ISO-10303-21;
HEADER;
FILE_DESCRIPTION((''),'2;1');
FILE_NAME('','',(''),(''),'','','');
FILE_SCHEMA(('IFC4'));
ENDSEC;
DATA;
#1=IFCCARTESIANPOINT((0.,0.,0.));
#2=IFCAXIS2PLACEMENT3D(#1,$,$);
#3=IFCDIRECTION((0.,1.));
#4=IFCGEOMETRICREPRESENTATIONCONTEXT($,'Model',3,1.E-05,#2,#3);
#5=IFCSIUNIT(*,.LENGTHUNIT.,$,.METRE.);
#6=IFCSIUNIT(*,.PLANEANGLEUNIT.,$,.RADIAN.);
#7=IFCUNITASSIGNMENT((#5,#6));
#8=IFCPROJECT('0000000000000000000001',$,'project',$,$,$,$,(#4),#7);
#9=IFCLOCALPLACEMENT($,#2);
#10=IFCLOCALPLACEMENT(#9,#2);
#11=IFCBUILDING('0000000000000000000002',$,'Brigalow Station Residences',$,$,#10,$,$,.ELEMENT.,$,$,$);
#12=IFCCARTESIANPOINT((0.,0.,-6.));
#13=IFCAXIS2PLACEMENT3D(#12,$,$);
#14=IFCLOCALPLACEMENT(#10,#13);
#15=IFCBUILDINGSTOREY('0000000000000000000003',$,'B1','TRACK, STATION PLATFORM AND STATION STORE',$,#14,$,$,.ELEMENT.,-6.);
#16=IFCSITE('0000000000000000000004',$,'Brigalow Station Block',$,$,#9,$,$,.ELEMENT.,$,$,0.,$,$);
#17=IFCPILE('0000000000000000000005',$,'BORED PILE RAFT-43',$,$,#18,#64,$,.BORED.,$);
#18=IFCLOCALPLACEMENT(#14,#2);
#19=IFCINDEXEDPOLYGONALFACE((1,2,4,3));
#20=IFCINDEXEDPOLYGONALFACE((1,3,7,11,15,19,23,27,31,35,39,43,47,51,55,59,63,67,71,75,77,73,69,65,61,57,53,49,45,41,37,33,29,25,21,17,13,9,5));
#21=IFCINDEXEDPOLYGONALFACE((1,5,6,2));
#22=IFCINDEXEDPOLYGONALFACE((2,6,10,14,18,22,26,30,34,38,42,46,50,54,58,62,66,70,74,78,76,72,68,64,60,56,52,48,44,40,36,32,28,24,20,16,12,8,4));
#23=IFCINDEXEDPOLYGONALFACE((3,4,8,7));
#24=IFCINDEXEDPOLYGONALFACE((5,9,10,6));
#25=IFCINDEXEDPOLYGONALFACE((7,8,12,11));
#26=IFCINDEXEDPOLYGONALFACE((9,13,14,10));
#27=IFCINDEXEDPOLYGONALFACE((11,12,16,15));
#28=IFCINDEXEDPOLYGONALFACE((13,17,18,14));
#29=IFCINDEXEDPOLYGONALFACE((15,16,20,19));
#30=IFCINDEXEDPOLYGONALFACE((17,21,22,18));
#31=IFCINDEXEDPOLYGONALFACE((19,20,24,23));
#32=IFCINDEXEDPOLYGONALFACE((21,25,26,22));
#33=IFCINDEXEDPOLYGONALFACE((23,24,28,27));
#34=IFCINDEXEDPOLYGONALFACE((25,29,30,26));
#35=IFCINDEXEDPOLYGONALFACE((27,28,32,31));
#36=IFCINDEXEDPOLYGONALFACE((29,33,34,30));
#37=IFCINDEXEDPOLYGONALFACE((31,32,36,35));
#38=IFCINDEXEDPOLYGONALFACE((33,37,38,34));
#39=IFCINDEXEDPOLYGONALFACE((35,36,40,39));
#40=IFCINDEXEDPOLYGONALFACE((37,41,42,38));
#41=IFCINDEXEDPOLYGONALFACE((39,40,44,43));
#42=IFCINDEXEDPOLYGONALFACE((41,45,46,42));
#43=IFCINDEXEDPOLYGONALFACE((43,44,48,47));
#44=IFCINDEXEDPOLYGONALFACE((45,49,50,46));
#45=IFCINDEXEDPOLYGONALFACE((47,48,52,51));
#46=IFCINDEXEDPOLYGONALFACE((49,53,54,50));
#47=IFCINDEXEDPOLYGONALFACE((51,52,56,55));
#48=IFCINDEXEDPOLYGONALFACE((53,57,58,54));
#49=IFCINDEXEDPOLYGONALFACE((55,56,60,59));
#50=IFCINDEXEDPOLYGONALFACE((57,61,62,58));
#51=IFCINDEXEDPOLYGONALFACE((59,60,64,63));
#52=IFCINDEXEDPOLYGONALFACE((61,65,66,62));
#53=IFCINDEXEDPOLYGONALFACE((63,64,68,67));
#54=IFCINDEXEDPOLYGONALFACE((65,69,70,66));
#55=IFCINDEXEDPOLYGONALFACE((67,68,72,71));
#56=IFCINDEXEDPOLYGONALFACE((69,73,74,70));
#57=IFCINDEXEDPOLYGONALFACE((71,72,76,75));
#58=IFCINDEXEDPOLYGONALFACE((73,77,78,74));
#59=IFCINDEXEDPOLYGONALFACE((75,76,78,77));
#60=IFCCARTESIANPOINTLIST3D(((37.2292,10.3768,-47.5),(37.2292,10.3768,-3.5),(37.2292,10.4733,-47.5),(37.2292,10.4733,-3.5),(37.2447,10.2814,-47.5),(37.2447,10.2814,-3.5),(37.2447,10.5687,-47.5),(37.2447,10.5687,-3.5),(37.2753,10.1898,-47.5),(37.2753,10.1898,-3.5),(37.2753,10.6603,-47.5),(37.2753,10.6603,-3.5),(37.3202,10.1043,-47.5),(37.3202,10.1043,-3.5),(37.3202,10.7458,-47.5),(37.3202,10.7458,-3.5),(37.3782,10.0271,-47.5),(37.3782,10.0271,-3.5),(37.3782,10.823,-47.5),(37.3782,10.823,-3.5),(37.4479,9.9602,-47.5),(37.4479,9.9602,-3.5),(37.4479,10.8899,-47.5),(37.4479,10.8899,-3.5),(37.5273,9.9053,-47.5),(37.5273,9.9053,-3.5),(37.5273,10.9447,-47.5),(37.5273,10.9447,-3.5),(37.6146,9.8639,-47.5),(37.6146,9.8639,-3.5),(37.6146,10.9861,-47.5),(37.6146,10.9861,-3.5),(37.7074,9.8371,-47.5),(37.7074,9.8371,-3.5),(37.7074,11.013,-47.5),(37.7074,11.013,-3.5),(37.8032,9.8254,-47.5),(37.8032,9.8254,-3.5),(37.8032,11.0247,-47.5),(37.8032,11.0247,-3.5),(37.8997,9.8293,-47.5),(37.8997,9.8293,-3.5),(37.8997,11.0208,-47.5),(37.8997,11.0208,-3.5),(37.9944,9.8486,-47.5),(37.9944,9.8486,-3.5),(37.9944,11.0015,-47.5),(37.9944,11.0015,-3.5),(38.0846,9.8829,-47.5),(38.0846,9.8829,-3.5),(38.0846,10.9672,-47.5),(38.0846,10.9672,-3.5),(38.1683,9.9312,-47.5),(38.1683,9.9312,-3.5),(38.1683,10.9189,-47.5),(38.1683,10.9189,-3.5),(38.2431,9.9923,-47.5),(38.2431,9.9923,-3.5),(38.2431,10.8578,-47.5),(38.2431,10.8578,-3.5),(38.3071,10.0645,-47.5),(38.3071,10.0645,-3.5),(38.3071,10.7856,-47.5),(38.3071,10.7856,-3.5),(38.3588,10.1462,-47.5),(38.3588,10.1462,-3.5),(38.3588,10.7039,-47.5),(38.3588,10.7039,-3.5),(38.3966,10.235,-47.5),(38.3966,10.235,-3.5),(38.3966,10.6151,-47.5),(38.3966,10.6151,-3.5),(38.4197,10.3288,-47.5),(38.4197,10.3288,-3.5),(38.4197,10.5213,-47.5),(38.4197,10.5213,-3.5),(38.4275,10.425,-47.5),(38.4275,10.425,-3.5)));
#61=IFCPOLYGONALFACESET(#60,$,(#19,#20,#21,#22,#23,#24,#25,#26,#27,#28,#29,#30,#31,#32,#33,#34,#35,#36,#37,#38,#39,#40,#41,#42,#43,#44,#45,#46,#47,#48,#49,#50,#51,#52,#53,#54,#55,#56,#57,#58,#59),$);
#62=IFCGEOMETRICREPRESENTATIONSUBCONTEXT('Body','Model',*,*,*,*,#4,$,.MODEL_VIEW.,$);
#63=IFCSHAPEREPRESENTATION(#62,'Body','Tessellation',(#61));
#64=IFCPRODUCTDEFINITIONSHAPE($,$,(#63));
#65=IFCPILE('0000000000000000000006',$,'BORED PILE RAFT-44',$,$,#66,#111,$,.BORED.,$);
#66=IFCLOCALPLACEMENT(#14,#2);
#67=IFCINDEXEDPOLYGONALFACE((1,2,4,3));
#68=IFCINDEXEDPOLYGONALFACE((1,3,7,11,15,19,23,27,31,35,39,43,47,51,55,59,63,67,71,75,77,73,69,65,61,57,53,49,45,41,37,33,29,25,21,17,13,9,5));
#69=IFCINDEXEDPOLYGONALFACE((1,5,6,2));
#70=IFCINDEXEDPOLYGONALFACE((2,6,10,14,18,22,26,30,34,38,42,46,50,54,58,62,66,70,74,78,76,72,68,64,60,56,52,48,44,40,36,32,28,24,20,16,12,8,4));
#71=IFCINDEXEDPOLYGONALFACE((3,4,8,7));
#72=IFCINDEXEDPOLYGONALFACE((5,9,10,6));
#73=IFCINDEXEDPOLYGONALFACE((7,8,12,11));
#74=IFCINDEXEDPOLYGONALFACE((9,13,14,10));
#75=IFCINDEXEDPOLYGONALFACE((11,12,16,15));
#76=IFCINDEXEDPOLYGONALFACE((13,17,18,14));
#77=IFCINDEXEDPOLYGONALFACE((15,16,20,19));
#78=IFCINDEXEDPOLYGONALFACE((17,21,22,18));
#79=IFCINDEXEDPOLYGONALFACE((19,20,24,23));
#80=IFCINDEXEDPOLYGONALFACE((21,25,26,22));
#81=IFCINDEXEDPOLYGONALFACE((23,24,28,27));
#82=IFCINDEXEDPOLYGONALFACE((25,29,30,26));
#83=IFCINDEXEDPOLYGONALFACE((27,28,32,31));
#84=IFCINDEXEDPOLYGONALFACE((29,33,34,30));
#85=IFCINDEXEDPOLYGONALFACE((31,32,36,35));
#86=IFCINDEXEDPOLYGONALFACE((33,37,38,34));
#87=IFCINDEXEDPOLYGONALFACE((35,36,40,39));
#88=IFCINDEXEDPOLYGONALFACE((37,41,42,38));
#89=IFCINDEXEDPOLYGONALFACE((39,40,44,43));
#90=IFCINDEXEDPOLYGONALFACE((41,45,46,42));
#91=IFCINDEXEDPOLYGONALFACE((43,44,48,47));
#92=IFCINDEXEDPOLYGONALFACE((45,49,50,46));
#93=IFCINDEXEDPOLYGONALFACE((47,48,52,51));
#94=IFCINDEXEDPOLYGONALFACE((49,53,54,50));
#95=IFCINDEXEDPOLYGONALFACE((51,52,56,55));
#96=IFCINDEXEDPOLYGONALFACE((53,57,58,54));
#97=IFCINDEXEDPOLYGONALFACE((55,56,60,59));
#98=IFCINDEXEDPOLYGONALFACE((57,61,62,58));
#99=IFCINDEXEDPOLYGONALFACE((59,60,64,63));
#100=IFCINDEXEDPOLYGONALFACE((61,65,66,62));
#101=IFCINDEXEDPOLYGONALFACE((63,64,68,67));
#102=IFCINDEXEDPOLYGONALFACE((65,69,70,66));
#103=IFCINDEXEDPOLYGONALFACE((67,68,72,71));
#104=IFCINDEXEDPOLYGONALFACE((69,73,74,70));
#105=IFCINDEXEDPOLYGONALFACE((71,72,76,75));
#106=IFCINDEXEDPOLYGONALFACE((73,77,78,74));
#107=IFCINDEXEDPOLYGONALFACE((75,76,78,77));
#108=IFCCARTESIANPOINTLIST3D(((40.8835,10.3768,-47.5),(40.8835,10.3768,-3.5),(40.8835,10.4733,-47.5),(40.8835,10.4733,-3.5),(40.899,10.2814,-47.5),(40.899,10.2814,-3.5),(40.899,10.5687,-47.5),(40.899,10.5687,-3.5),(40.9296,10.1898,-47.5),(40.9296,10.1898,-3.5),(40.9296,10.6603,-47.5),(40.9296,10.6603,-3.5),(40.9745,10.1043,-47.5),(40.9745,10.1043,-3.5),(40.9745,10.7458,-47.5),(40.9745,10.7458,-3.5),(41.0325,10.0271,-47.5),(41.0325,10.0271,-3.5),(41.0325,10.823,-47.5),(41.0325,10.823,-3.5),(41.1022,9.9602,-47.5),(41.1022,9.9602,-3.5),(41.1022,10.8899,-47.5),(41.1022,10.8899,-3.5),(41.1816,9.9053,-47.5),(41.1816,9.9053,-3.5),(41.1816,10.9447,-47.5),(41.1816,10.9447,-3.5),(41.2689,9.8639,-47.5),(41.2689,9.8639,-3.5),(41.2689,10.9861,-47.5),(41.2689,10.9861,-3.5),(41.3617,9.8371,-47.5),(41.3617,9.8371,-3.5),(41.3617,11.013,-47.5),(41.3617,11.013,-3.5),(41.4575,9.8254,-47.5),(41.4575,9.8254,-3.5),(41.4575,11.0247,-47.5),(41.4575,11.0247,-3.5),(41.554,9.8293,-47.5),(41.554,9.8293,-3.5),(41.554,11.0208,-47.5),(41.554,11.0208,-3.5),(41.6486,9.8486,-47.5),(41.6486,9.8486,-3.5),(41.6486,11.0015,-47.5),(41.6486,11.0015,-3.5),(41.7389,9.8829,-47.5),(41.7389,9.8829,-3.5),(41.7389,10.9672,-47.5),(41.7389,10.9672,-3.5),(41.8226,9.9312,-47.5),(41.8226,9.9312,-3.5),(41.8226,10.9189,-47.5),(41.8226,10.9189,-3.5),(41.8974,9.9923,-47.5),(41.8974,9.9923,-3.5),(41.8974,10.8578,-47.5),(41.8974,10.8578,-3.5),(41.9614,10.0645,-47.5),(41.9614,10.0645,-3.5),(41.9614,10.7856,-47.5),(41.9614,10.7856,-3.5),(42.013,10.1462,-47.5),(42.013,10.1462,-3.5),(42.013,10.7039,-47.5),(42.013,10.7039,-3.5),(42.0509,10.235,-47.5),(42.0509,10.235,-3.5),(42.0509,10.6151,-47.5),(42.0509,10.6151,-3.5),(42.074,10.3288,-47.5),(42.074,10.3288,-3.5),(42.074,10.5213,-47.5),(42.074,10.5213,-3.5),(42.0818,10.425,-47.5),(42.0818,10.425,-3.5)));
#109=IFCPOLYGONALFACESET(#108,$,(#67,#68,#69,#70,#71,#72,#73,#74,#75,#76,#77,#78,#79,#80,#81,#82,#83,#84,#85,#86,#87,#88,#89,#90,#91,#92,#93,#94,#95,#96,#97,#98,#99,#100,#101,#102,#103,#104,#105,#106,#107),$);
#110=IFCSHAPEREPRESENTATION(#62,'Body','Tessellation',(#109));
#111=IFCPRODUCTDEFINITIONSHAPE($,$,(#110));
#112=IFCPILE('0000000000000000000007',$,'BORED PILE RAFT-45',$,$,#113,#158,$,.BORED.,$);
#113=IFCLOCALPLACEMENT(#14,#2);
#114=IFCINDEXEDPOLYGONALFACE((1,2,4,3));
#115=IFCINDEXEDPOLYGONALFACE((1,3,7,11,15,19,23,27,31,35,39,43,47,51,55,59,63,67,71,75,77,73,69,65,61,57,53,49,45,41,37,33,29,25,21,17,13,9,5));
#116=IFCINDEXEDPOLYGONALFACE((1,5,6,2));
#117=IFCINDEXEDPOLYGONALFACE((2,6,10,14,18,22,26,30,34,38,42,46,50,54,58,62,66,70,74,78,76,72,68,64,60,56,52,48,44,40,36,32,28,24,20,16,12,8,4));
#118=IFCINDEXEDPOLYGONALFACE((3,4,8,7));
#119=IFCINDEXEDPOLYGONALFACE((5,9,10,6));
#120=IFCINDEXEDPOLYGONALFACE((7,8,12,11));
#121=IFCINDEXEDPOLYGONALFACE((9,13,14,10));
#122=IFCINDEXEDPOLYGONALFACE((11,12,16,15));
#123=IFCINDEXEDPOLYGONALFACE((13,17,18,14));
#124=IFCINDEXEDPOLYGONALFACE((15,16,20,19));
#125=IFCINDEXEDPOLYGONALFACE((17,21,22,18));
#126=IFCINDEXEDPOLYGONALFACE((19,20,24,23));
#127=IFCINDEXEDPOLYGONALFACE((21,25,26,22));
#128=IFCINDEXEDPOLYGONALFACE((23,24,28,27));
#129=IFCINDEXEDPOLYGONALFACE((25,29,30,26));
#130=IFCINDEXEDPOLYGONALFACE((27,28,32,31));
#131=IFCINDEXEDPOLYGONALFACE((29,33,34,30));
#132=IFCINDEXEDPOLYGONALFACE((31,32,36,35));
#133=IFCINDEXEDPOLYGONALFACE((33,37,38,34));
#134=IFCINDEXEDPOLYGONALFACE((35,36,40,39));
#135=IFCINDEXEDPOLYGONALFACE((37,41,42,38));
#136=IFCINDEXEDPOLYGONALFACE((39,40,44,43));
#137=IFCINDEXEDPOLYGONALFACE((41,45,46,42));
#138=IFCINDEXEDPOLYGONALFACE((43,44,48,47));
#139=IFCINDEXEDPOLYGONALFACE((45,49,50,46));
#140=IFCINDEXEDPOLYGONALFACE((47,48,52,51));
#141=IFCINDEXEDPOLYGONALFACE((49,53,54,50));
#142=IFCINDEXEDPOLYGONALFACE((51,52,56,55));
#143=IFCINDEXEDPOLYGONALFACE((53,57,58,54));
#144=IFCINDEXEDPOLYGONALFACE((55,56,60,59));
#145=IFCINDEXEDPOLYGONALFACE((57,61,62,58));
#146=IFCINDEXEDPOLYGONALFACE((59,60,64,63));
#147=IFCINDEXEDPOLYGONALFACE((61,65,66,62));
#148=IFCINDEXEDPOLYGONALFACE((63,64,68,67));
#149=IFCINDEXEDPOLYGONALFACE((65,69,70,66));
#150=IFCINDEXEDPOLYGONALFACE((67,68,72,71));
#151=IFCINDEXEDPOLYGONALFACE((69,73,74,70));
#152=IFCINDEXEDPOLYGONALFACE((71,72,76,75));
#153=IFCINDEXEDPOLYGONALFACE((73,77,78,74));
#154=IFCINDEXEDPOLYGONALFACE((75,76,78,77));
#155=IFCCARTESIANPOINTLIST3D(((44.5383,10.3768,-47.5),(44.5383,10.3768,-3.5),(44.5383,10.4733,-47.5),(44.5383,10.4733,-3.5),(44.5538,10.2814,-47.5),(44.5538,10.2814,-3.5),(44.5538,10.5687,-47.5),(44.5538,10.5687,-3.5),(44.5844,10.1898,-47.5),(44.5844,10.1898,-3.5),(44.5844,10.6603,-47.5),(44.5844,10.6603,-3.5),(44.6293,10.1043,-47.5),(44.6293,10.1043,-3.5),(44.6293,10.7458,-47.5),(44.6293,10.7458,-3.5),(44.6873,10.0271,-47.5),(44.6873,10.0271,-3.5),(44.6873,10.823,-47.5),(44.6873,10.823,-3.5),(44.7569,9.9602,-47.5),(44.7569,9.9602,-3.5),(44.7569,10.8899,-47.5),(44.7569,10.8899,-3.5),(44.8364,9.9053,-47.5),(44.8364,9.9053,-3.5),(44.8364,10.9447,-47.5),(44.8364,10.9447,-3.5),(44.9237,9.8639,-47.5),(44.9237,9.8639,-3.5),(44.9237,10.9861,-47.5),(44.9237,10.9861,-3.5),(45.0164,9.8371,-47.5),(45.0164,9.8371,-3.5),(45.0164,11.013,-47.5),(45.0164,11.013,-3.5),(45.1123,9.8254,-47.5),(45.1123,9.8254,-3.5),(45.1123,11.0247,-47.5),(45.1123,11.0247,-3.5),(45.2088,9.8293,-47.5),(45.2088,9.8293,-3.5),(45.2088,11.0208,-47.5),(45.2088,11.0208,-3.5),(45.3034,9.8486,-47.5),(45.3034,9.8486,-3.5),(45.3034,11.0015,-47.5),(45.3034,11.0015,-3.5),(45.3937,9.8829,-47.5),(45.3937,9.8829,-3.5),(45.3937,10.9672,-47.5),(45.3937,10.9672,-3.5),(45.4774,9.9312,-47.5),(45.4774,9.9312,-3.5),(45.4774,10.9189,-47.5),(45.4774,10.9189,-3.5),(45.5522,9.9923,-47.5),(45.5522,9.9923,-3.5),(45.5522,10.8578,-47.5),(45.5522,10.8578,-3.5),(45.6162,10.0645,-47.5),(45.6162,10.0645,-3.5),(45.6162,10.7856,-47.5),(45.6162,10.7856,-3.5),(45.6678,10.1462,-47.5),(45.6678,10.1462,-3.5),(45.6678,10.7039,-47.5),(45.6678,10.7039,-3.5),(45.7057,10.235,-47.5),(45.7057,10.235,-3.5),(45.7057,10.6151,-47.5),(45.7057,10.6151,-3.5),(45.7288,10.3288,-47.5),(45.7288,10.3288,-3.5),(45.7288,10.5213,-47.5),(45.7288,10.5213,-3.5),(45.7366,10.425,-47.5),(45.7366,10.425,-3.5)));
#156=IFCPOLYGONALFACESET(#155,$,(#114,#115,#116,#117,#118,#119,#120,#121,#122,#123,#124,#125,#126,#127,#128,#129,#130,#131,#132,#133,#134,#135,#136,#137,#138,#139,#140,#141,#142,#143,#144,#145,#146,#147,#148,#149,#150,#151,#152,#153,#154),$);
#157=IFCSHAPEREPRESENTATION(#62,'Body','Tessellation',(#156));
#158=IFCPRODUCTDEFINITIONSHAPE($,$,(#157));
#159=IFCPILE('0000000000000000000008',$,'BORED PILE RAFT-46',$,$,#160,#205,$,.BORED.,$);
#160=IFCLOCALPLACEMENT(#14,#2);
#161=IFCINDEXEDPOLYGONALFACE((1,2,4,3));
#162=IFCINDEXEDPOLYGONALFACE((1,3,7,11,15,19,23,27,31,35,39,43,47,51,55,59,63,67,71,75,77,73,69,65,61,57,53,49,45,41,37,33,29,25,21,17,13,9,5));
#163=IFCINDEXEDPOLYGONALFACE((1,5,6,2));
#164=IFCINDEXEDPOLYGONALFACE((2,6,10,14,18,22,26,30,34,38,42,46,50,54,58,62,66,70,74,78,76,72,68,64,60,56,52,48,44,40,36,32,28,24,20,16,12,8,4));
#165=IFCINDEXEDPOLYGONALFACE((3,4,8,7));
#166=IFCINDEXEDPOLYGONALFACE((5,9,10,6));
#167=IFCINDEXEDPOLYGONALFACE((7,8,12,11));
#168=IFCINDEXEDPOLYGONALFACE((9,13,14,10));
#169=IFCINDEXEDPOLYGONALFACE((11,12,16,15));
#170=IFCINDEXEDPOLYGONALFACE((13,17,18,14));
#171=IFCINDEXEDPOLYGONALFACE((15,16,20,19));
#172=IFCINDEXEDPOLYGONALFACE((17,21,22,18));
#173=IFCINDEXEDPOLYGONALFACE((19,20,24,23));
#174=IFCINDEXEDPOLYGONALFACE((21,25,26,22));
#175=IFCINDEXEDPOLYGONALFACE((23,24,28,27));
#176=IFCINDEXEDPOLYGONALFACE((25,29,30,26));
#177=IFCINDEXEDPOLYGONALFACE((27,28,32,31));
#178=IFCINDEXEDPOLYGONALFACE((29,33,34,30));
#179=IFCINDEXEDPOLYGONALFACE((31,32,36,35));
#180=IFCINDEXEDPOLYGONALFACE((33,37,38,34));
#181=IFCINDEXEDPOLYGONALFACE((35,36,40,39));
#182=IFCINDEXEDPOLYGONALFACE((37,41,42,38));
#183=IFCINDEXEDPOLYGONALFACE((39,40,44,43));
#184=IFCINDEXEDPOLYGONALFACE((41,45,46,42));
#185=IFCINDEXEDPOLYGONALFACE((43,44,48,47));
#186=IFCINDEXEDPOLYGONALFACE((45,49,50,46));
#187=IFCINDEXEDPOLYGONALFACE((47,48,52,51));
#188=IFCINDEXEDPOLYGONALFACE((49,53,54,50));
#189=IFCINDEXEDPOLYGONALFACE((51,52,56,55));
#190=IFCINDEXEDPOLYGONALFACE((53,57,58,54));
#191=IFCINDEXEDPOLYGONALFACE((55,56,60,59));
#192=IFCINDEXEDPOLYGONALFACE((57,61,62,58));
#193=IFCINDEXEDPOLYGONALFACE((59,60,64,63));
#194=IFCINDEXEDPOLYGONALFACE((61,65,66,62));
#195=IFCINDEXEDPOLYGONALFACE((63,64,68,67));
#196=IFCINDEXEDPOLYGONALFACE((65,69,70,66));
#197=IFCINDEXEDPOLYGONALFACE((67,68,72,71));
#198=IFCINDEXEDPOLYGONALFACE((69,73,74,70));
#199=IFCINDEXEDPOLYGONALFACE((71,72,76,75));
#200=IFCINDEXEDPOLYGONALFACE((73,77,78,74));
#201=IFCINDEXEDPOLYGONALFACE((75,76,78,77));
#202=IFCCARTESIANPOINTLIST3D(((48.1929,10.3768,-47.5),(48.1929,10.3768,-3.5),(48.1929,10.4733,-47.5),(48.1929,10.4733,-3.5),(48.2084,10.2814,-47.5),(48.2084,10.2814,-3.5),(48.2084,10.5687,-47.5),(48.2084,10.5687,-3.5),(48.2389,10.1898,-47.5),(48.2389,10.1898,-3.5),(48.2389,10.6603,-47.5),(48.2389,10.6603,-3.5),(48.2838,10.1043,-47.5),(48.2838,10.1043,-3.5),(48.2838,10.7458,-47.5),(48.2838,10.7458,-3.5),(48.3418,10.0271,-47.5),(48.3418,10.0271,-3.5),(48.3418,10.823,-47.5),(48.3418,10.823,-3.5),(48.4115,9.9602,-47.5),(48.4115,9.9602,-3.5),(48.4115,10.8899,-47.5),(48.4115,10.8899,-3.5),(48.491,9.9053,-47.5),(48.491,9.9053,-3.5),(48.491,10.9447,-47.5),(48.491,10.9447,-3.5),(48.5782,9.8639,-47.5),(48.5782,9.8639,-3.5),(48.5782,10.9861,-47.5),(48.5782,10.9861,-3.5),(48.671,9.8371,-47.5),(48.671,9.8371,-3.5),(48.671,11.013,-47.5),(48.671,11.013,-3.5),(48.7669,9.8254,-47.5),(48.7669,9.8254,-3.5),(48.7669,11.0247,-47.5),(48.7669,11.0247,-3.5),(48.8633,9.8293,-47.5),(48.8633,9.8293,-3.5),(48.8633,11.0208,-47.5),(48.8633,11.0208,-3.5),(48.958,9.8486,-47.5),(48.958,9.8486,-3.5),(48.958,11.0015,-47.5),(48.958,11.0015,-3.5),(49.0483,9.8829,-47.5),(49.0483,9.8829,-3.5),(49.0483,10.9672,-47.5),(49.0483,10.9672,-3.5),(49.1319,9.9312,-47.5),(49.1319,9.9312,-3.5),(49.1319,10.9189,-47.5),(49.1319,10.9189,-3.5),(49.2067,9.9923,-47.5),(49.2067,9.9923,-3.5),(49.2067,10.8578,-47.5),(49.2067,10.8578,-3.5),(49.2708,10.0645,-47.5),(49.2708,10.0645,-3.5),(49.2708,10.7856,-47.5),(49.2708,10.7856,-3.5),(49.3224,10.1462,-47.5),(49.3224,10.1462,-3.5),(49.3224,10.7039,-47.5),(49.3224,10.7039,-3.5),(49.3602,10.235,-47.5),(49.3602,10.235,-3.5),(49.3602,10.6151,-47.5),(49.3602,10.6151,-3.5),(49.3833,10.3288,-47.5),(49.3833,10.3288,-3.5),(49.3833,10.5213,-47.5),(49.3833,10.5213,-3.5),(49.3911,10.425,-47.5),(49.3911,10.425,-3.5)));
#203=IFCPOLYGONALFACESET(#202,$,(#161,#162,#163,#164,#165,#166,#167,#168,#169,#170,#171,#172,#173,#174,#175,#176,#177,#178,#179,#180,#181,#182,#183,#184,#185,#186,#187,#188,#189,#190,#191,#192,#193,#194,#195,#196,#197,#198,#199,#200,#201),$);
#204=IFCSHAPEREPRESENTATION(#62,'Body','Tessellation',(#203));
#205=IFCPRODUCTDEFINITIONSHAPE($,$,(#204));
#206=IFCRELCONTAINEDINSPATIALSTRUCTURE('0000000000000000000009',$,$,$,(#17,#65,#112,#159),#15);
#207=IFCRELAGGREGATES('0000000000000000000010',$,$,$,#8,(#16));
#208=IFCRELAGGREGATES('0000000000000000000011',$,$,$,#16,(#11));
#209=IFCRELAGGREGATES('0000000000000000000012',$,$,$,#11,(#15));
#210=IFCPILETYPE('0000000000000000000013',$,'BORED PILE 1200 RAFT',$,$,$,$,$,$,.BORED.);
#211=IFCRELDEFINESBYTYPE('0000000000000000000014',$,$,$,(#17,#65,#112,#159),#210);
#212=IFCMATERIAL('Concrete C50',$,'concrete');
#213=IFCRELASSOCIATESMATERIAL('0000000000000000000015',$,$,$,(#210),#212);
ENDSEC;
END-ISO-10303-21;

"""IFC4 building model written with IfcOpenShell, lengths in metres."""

from ifc_helpers import new_model, si_unit, direction, frame, origin, origin_2d, place, context, subcontext, project, spatial, circle, extrude, material, material_profile, profile_set, type_object, element, save


model = new_model("IFC4")

# Units and contexts
model_context = context("Model", 3, precision=1e-05, world=origin(), true_north=direction((0.0, 1.0)))
body_context = subcontext(model_context, "Body", "Model", "MODEL_VIEW")
ifc_project = project(units=[si_unit("LENGTHUNIT", "METRE"), si_unit("PLANEANGLEUNIT", "RADIAN")], contexts=[model_context])

# Site, building, storey
site_placement = place(None, origin())
site = spatial("IfcSite", under=ifc_project, at=site_placement, Name="Brigalow Station Block", CompositionType="ELEMENT", RefElevation=0.0)
building_placement = place(site_placement, origin())
building = spatial("IfcBuilding", under=site, at=building_placement, Name="Brigalow Station Residences", CompositionType="ELEMENT")
storey_placement = place(building_placement, frame((0.0, 0.0, -6.0)))
storey = spatial("IfcBuildingStorey", under=building, at=storey_placement, Name="B1", Description="TRACK, STATION PLATFORM AND STATION STORE", CompositionType="ELEMENT", Elevation=-6.0)

# Piles
ifc_material_1 = material(Name="Concrete C50", Category="concrete")
ifc_material_profile = material_profile(ifc_material_1, circle(Radius=0.6001, at=origin_2d()), Name="BP1200")
ifc_profile_set = profile_set([ifc_material_profile], Name="Concrete C50")
pile_type = type_object("IfcPileType", Name="BORED PILE 1200 RAFT", PredefinedType="BORED", material=ifc_profile_set)
for number, where, z_axis, x_axis, name in (
    (1, (37.8274, 10.425, -3.5), (0.0, 0.0, -1.0), (1.0, 0.0, 0.0), "BORED PILE RAFT-43"),
    (2, (41.4817, 10.425, -3.5), (0.0, 0.0, -1.0), (1.0, 0.0, 0.0), "BORED PILE RAFT-44"),
    (3, (45.1365, 10.425, -3.5), (0.0, 0.0, -1.0), (1.0, 0.0, 0.0), "BORED PILE RAFT-45"),
    (4, (48.791, 10.425, -3.5), (0.0, 0.0, -1.0), (1.0, 0.0, 0.0), "BORED PILE RAFT-46"),
):
    element("IfcPile", number, at=place(storey_placement, frame(where, z_axis=z_axis, x_axis=x_axis)), inside=storey, type_object=pile_type, Name=name, PredefinedType="BORED", context=body_context, shape_type="SweptSolid", body=[
        extrude(circle(Radius=0.6001, at=origin_2d()), origin(), (0.0, 0.0, 1.0), 44.0),
    ])

save(model, "model.ifc")
